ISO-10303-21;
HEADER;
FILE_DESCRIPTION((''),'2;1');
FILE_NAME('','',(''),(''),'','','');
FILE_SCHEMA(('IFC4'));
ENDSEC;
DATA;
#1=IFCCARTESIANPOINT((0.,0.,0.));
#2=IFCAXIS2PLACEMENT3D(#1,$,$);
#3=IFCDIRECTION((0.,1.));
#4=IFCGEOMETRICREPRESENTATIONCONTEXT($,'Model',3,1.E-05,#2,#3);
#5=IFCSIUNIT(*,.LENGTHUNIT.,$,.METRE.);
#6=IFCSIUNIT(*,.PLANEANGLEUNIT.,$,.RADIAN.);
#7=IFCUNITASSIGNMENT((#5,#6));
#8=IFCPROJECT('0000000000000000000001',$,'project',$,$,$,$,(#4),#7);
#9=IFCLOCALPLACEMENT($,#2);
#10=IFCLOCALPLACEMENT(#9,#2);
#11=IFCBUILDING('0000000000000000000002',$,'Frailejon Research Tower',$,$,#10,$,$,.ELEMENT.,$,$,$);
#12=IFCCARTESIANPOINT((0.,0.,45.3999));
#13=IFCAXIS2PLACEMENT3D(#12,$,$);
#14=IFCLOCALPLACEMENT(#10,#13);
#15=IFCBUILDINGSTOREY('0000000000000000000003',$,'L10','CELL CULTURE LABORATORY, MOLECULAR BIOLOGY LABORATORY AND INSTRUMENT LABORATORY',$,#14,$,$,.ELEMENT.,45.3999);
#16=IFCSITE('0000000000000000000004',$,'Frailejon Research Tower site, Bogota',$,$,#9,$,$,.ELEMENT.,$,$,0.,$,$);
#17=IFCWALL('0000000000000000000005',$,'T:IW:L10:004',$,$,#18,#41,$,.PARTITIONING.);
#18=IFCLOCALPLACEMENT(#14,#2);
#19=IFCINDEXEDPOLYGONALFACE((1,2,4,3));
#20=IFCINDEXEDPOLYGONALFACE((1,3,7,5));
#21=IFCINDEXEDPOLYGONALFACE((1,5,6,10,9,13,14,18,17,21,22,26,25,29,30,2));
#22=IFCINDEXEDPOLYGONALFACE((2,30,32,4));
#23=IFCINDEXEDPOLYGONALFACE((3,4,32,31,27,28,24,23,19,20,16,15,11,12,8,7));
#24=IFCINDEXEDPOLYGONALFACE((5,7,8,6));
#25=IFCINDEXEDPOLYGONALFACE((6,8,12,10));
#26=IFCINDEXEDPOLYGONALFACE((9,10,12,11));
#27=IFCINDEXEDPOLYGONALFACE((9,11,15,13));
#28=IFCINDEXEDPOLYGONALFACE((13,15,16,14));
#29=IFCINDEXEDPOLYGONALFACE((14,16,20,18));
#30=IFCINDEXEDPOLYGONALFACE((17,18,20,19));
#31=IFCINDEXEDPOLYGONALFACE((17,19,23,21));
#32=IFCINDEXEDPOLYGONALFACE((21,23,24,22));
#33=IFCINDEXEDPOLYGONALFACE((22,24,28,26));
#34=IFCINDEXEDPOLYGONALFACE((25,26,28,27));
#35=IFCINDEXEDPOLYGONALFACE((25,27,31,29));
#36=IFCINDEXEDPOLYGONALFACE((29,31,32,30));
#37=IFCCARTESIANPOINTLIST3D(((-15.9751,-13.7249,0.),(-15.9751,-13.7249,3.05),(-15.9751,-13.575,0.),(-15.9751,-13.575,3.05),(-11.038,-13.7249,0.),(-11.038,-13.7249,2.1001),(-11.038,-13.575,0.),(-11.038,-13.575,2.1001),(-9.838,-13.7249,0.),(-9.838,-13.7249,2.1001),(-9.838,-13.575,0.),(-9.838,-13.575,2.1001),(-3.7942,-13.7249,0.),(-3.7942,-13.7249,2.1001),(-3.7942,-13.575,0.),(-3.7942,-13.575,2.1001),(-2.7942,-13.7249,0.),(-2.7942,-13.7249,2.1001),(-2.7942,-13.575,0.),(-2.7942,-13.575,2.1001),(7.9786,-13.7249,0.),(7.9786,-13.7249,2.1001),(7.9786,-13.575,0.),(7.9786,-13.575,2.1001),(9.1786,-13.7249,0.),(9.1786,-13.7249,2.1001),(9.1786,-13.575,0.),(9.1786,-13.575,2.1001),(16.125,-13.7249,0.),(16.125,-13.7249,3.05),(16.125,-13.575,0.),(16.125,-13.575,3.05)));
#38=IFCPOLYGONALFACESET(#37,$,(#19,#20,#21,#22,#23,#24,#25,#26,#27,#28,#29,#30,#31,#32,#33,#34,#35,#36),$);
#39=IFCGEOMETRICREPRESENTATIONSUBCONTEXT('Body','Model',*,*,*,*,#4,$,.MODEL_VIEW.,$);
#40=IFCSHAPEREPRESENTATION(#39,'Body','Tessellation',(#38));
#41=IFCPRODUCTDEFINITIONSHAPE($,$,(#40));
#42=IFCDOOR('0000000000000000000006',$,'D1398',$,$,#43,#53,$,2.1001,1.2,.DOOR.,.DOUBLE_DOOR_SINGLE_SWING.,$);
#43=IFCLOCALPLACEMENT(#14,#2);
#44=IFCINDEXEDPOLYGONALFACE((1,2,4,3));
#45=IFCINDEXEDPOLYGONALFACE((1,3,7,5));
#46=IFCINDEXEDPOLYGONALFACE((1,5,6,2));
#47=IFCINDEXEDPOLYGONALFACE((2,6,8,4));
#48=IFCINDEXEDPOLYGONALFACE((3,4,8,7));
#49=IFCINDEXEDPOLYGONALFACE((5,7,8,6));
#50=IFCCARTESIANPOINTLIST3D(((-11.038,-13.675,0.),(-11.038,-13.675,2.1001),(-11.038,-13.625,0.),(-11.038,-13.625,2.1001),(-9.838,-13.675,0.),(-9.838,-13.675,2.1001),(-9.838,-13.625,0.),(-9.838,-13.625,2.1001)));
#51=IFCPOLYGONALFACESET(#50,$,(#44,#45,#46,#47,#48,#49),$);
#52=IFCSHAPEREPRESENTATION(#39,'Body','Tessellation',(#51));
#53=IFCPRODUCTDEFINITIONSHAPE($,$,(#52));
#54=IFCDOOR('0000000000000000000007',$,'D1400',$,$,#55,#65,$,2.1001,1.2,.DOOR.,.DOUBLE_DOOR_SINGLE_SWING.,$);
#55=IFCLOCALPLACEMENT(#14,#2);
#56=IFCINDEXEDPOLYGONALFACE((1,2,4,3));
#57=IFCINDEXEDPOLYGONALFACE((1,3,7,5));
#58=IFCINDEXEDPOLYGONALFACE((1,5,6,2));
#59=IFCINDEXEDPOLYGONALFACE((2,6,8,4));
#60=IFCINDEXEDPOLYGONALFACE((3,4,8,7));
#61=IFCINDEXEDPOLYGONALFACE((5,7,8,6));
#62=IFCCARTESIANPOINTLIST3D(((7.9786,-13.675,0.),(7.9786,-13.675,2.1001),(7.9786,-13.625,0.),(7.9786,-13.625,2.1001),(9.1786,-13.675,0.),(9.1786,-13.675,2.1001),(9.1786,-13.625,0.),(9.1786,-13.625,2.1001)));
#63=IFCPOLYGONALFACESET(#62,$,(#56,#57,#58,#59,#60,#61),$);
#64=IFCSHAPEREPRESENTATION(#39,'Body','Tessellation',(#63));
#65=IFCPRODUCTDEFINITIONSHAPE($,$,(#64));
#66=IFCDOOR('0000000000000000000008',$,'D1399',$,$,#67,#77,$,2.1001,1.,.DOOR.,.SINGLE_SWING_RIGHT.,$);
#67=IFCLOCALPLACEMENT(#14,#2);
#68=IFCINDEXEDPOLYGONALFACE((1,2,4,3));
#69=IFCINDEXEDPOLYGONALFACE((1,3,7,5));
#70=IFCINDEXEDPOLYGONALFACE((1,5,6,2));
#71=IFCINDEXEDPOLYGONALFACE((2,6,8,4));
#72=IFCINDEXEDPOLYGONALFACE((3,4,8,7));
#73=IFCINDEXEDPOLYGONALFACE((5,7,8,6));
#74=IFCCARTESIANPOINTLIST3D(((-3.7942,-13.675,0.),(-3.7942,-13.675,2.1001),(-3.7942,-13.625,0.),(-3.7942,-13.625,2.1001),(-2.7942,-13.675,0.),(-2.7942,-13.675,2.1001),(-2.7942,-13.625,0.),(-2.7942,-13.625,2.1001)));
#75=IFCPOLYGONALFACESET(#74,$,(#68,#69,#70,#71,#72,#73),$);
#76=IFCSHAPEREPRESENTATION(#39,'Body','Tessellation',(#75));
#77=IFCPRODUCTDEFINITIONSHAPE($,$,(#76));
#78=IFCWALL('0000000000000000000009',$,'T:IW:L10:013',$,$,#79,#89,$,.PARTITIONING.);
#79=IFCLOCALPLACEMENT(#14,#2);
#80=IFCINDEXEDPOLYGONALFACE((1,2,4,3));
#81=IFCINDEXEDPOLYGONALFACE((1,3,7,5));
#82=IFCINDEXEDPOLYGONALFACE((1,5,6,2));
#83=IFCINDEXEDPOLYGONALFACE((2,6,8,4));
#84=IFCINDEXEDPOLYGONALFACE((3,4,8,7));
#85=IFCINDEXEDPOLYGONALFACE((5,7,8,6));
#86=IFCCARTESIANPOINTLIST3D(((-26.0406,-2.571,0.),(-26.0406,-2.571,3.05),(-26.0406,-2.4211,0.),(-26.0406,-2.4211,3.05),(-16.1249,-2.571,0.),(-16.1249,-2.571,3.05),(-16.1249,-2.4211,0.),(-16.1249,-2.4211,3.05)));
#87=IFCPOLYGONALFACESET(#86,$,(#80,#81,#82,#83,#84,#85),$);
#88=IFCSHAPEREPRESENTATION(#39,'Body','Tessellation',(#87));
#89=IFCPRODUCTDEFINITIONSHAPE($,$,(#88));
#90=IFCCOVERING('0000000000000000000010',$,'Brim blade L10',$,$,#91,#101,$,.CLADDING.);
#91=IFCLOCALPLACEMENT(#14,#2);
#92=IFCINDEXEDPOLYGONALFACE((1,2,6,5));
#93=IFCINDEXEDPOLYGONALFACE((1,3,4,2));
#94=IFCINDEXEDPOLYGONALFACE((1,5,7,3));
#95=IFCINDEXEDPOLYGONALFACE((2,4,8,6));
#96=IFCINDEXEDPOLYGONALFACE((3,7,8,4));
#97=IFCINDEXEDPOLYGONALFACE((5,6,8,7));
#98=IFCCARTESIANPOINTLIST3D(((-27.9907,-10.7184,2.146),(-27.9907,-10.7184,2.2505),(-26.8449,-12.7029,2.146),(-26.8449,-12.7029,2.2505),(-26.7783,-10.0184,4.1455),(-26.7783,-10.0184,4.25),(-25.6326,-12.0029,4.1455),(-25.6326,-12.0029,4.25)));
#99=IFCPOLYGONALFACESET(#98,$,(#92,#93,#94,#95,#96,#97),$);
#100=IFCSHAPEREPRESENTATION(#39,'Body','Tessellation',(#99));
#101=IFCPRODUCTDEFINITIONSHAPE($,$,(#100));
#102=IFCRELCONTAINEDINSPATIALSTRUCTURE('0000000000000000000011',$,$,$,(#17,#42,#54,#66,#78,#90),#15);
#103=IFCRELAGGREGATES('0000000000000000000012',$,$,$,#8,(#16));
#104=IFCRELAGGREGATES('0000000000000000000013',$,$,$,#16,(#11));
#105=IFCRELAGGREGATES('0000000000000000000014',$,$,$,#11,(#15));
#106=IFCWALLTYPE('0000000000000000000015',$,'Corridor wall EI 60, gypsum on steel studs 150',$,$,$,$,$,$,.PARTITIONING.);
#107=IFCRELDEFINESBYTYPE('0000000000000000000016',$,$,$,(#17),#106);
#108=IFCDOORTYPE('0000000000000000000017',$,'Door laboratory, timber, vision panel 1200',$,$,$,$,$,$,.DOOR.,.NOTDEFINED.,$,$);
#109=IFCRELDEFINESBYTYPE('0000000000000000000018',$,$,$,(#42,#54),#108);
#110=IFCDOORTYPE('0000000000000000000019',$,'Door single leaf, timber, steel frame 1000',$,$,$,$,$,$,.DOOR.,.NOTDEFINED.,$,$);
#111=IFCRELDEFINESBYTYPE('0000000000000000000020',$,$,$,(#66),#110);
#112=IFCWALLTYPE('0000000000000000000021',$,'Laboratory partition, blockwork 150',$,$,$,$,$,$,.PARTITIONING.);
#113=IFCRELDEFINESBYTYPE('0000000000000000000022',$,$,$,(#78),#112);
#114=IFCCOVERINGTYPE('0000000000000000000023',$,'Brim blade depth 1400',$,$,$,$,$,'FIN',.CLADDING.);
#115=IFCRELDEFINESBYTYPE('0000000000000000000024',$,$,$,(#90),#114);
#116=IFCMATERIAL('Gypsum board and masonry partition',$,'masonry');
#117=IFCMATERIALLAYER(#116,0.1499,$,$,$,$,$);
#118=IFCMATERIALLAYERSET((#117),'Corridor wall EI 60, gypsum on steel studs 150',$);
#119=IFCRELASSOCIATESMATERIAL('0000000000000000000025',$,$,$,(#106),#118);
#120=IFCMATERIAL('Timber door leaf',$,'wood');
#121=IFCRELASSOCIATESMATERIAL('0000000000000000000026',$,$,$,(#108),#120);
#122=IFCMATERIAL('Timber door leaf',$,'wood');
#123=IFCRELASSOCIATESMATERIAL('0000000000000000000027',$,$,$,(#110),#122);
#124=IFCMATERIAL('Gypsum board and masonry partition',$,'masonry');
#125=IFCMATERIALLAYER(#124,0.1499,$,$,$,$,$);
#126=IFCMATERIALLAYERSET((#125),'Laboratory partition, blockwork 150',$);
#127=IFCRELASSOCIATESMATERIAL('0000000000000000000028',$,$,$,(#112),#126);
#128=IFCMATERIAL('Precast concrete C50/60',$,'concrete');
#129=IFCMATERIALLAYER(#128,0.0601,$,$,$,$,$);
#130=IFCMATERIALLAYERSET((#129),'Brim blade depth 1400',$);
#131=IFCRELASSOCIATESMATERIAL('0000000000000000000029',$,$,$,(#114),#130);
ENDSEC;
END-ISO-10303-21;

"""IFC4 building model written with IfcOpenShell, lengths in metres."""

from ifc_helpers import new_model, si_unit, direction, frame, frame_2d, origin, place, context, subcontext, project, spatial, polyline, rectangle, outline, extrude, material, layer, layer_set, type_object, element, fill, save


model = new_model("IFC4")

# Units and contexts
model_context = context("Model", 3, precision=1e-05, world=origin(), true_north=direction((0.0, 1.0)))
body_context = subcontext(model_context, "Body", "Model", "MODEL_VIEW")
ifc_project = project(units=[si_unit("LENGTHUNIT", "METRE"), si_unit("PLANEANGLEUNIT", "RADIAN")], contexts=[model_context])

# Site, building, storey
site_placement = place(None, origin())
site = spatial("IfcSite", under=ifc_project, at=site_placement, Name="Frailejon Research Tower site, Bogota", CompositionType="ELEMENT", RefElevation=0.0)
building_placement = place(site_placement, origin())
building = spatial("IfcBuilding", under=site, at=building_placement, Name="Frailejon Research Tower", CompositionType="ELEMENT")
storey_placement = place(building_placement, frame((0.0, 0.0, 45.3999)))
storey = spatial("IfcBuildingStorey", under=building, at=storey_placement, Name="L10", Description="CELL CULTURE LABORATORY, MOLECULAR BIOLOGY LABORATORY AND INSTRUMENT LABORATORY", CompositionType="ELEMENT", Elevation=45.3999)

# Wall, openings, doors
ifc_material_1 = material(Name="Gypsum board and masonry partition", Category="masonry")
ifc_layer_1 = layer(ifc_material_1, 0.1499)
ifc_layer_set_1 = layer_set([ifc_layer_1], Name="Corridor wall EI 60, gypsum on steel studs 150")
wall_type_1 = type_object("IfcWallType", Name="Corridor wall EI 60, gypsum on steel studs 150", PredefinedType="PARTITIONING", material=ifc_layer_set_1)
ifc_material_2 = material(Name="Timber door leaf", Category="wood")
door_type_1 = type_object("IfcDoorType", Name="Door laboratory, timber, vision panel 1200", OperationType="NOTDEFINED", PredefinedType="DOOR", material=ifc_material_2)
ifc_material_3 = material(Name="Timber door leaf", Category="wood")
door_type_2 = type_object("IfcDoorType", Name="Door single leaf, timber, steel frame 1000", OperationType="NOTDEFINED", PredefinedType="DOOR", material=ifc_material_3)
wall_1_placement = place(storey_placement, frame((-15.9751, -13.6499, 0.0), z_axis=(0.0, 0.0, 1.0), x_axis=(1.0, 0.0, 0.0)))
wall_1 = element("IfcWall", 1, at=wall_1_placement, inside=storey, type_object=wall_type_1, Name="T:IW:L10:004", PredefinedType="PARTITIONING", context=body_context, shape_type="SweptSolid", body=[
    extrude(rectangle(XDim=32.1001, YDim=0.1499, at=frame_2d((16.05, 0.0))), origin(), (0.0, 0.0, 1.0), 3.05),
])
opening_1_placement = place(wall_1_placement, frame((4.937, 0.0, 0.0)))
opening_1 = element("IfcOpeningElement", 2, at=opening_1_placement, cuts=wall_1, PredefinedType="OPENING", context=body_context, shape_type="SweptSolid", body=[
    extrude(rectangle(XDim=1.2, YDim=2.1001, at=frame_2d((0.6001, 1.05))), frame((0.0, 0.085, 0.0), z_axis=(0.0, -1.0, 0.0), x_axis=(1.0, 0.0, 0.0)), (0.0, 0.0, 1.0), 0.1699),
])
opening_2_placement = place(wall_1_placement, frame((12.1809, 0.0, 0.0)))
opening_2 = element("IfcOpeningElement", 3, at=opening_2_placement, cuts=wall_1, PredefinedType="OPENING", context=body_context, shape_type="SweptSolid", body=[
    extrude(rectangle(XDim=1.0, YDim=2.1001, at=frame_2d((0.5, 1.05))), frame((0.0, 0.085, 0.0), z_axis=(0.0, -1.0, 0.0), x_axis=(1.0, 0.0, 0.0)), (0.0, 0.0, 1.0), 0.1699),
])
opening_3_placement = place(wall_1_placement, frame((23.9536, 0.0, 0.0)))
opening_3 = element("IfcOpeningElement", 4, at=opening_3_placement, cuts=wall_1, PredefinedType="OPENING", context=body_context, shape_type="SweptSolid", body=[
    extrude(rectangle(XDim=1.2, YDim=2.1001, at=frame_2d((0.6001, 1.05))), frame((0.0, 0.085, 0.0), z_axis=(0.0, -1.0, 0.0), x_axis=(1.0, 0.0, 0.0)), (0.0, 0.0, 1.0), 0.1699),
])
door_1_placement = place(opening_1_placement, origin())
door_1 = element("IfcDoor", 5, at=door_1_placement, inside=storey, type_object=door_type_1, Name="D1398", OperationType="DOUBLE_DOOR_SINGLE_SWING", OverallHeight=2.1001, OverallWidth=1.2, PredefinedType="DOOR", context=body_context, shape_type="SweptSolid", body=[
    extrude(rectangle(XDim=1.2, YDim=2.1001, at=frame_2d((0.6001, 1.05))), frame((0.0, 0.0249, 0.0), z_axis=(0.0, -1.0, 0.0), x_axis=(1.0, 0.0, 0.0)), (0.0, 0.0, 1.0), 0.05),
])
fill(opening_1, door_1)
door_2_placement = place(opening_3_placement, origin())
door_2 = element("IfcDoor", 6, at=door_2_placement, inside=storey, type_object=door_type_1, Name="D1400", OperationType="DOUBLE_DOOR_SINGLE_SWING", OverallHeight=2.1001, OverallWidth=1.2, PredefinedType="DOOR", context=body_context, shape_type="SweptSolid", body=[
    extrude(rectangle(XDim=1.2, YDim=2.1001, at=frame_2d((0.6001, 1.05))), frame((0.0, 0.0249, 0.0), z_axis=(0.0, -1.0, 0.0), x_axis=(1.0, 0.0, 0.0)), (0.0, 0.0, 1.0), 0.05),
])
fill(opening_3, door_2)
door_3_placement = place(opening_2_placement, origin())
door_3 = element("IfcDoor", 7, at=door_3_placement, inside=storey, type_object=door_type_2, Name="D1399", OperationType="SINGLE_SWING_RIGHT", OverallHeight=2.1001, OverallWidth=1.0, PredefinedType="DOOR", context=body_context, shape_type="SweptSolid", body=[
    extrude(rectangle(XDim=1.0, YDim=2.1001, at=frame_2d((0.5, 1.05))), frame((0.0, 0.0249, 0.0), z_axis=(0.0, -1.0, 0.0), x_axis=(1.0, 0.0, 0.0)), (0.0, 0.0, 1.0), 0.05),
])
fill(opening_2, door_3)

# Wall
ifc_material_4 = material(Name="Gypsum board and masonry partition", Category="masonry")
ifc_layer_2 = layer(ifc_material_4, 0.1499)
ifc_layer_set_2 = layer_set([ifc_layer_2], Name="Laboratory partition, blockwork 150")
wall_type_2 = type_object("IfcWallType", Name="Laboratory partition, blockwork 150", PredefinedType="PARTITIONING", material=ifc_layer_set_2)
wall_2_placement = place(storey_placement, frame((-26.0408, -2.4961, 0.0), z_axis=(0.0, 0.0, 1.0), x_axis=(1.0, 0.0, 0.0)))
element("IfcWall", 8, at=wall_2_placement, inside=storey, type_object=wall_type_2, Name="T:IW:L10:013", PredefinedType="PARTITIONING", context=body_context, shape_type="SweptSolid", body=[
    extrude(rectangle(XDim=9.9158, YDim=0.1499, at=frame_2d((4.958, 0.0))), origin(), (0.0, 0.0, 1.0), 3.05),
])

# Covering
ifc_material_5 = material(Name="Precast concrete C50/60", Category="concrete")
ifc_layer_3 = layer(ifc_material_5, 0.0601)
ifc_layer_set_3 = layer_set([ifc_layer_3], Name="Brim blade depth 1400")
covering_type = type_object("IfcCoveringType", Name="Brim blade depth 1400", ElementType="FIN", PredefinedType="CLADDING", material=ifc_layer_set_3)
covering_placement = place(storey_placement, frame((-25.6326, -12.0029, 4.25), z_axis=(-0.49999, 0.866031, 0.0), x_axis=(-0.866031, -0.49999, 0.0)))
element("IfcCovering", 9, at=covering_placement, inside=storey, type_object=covering_type, Name="Brim blade L10", PredefinedType="CLADDING", context=body_context, shape_type="SweptSolid", body=[
    extrude(outline(polyline([(0.0, -0.1045), (1.3999, -2.104), (1.3999, -1.9995), (0.0, 0.0), (0.0, -0.1045)])), origin(), (0.0, 0.0, 1.0), 2.2915),
])

save(model, "model.ifc")
